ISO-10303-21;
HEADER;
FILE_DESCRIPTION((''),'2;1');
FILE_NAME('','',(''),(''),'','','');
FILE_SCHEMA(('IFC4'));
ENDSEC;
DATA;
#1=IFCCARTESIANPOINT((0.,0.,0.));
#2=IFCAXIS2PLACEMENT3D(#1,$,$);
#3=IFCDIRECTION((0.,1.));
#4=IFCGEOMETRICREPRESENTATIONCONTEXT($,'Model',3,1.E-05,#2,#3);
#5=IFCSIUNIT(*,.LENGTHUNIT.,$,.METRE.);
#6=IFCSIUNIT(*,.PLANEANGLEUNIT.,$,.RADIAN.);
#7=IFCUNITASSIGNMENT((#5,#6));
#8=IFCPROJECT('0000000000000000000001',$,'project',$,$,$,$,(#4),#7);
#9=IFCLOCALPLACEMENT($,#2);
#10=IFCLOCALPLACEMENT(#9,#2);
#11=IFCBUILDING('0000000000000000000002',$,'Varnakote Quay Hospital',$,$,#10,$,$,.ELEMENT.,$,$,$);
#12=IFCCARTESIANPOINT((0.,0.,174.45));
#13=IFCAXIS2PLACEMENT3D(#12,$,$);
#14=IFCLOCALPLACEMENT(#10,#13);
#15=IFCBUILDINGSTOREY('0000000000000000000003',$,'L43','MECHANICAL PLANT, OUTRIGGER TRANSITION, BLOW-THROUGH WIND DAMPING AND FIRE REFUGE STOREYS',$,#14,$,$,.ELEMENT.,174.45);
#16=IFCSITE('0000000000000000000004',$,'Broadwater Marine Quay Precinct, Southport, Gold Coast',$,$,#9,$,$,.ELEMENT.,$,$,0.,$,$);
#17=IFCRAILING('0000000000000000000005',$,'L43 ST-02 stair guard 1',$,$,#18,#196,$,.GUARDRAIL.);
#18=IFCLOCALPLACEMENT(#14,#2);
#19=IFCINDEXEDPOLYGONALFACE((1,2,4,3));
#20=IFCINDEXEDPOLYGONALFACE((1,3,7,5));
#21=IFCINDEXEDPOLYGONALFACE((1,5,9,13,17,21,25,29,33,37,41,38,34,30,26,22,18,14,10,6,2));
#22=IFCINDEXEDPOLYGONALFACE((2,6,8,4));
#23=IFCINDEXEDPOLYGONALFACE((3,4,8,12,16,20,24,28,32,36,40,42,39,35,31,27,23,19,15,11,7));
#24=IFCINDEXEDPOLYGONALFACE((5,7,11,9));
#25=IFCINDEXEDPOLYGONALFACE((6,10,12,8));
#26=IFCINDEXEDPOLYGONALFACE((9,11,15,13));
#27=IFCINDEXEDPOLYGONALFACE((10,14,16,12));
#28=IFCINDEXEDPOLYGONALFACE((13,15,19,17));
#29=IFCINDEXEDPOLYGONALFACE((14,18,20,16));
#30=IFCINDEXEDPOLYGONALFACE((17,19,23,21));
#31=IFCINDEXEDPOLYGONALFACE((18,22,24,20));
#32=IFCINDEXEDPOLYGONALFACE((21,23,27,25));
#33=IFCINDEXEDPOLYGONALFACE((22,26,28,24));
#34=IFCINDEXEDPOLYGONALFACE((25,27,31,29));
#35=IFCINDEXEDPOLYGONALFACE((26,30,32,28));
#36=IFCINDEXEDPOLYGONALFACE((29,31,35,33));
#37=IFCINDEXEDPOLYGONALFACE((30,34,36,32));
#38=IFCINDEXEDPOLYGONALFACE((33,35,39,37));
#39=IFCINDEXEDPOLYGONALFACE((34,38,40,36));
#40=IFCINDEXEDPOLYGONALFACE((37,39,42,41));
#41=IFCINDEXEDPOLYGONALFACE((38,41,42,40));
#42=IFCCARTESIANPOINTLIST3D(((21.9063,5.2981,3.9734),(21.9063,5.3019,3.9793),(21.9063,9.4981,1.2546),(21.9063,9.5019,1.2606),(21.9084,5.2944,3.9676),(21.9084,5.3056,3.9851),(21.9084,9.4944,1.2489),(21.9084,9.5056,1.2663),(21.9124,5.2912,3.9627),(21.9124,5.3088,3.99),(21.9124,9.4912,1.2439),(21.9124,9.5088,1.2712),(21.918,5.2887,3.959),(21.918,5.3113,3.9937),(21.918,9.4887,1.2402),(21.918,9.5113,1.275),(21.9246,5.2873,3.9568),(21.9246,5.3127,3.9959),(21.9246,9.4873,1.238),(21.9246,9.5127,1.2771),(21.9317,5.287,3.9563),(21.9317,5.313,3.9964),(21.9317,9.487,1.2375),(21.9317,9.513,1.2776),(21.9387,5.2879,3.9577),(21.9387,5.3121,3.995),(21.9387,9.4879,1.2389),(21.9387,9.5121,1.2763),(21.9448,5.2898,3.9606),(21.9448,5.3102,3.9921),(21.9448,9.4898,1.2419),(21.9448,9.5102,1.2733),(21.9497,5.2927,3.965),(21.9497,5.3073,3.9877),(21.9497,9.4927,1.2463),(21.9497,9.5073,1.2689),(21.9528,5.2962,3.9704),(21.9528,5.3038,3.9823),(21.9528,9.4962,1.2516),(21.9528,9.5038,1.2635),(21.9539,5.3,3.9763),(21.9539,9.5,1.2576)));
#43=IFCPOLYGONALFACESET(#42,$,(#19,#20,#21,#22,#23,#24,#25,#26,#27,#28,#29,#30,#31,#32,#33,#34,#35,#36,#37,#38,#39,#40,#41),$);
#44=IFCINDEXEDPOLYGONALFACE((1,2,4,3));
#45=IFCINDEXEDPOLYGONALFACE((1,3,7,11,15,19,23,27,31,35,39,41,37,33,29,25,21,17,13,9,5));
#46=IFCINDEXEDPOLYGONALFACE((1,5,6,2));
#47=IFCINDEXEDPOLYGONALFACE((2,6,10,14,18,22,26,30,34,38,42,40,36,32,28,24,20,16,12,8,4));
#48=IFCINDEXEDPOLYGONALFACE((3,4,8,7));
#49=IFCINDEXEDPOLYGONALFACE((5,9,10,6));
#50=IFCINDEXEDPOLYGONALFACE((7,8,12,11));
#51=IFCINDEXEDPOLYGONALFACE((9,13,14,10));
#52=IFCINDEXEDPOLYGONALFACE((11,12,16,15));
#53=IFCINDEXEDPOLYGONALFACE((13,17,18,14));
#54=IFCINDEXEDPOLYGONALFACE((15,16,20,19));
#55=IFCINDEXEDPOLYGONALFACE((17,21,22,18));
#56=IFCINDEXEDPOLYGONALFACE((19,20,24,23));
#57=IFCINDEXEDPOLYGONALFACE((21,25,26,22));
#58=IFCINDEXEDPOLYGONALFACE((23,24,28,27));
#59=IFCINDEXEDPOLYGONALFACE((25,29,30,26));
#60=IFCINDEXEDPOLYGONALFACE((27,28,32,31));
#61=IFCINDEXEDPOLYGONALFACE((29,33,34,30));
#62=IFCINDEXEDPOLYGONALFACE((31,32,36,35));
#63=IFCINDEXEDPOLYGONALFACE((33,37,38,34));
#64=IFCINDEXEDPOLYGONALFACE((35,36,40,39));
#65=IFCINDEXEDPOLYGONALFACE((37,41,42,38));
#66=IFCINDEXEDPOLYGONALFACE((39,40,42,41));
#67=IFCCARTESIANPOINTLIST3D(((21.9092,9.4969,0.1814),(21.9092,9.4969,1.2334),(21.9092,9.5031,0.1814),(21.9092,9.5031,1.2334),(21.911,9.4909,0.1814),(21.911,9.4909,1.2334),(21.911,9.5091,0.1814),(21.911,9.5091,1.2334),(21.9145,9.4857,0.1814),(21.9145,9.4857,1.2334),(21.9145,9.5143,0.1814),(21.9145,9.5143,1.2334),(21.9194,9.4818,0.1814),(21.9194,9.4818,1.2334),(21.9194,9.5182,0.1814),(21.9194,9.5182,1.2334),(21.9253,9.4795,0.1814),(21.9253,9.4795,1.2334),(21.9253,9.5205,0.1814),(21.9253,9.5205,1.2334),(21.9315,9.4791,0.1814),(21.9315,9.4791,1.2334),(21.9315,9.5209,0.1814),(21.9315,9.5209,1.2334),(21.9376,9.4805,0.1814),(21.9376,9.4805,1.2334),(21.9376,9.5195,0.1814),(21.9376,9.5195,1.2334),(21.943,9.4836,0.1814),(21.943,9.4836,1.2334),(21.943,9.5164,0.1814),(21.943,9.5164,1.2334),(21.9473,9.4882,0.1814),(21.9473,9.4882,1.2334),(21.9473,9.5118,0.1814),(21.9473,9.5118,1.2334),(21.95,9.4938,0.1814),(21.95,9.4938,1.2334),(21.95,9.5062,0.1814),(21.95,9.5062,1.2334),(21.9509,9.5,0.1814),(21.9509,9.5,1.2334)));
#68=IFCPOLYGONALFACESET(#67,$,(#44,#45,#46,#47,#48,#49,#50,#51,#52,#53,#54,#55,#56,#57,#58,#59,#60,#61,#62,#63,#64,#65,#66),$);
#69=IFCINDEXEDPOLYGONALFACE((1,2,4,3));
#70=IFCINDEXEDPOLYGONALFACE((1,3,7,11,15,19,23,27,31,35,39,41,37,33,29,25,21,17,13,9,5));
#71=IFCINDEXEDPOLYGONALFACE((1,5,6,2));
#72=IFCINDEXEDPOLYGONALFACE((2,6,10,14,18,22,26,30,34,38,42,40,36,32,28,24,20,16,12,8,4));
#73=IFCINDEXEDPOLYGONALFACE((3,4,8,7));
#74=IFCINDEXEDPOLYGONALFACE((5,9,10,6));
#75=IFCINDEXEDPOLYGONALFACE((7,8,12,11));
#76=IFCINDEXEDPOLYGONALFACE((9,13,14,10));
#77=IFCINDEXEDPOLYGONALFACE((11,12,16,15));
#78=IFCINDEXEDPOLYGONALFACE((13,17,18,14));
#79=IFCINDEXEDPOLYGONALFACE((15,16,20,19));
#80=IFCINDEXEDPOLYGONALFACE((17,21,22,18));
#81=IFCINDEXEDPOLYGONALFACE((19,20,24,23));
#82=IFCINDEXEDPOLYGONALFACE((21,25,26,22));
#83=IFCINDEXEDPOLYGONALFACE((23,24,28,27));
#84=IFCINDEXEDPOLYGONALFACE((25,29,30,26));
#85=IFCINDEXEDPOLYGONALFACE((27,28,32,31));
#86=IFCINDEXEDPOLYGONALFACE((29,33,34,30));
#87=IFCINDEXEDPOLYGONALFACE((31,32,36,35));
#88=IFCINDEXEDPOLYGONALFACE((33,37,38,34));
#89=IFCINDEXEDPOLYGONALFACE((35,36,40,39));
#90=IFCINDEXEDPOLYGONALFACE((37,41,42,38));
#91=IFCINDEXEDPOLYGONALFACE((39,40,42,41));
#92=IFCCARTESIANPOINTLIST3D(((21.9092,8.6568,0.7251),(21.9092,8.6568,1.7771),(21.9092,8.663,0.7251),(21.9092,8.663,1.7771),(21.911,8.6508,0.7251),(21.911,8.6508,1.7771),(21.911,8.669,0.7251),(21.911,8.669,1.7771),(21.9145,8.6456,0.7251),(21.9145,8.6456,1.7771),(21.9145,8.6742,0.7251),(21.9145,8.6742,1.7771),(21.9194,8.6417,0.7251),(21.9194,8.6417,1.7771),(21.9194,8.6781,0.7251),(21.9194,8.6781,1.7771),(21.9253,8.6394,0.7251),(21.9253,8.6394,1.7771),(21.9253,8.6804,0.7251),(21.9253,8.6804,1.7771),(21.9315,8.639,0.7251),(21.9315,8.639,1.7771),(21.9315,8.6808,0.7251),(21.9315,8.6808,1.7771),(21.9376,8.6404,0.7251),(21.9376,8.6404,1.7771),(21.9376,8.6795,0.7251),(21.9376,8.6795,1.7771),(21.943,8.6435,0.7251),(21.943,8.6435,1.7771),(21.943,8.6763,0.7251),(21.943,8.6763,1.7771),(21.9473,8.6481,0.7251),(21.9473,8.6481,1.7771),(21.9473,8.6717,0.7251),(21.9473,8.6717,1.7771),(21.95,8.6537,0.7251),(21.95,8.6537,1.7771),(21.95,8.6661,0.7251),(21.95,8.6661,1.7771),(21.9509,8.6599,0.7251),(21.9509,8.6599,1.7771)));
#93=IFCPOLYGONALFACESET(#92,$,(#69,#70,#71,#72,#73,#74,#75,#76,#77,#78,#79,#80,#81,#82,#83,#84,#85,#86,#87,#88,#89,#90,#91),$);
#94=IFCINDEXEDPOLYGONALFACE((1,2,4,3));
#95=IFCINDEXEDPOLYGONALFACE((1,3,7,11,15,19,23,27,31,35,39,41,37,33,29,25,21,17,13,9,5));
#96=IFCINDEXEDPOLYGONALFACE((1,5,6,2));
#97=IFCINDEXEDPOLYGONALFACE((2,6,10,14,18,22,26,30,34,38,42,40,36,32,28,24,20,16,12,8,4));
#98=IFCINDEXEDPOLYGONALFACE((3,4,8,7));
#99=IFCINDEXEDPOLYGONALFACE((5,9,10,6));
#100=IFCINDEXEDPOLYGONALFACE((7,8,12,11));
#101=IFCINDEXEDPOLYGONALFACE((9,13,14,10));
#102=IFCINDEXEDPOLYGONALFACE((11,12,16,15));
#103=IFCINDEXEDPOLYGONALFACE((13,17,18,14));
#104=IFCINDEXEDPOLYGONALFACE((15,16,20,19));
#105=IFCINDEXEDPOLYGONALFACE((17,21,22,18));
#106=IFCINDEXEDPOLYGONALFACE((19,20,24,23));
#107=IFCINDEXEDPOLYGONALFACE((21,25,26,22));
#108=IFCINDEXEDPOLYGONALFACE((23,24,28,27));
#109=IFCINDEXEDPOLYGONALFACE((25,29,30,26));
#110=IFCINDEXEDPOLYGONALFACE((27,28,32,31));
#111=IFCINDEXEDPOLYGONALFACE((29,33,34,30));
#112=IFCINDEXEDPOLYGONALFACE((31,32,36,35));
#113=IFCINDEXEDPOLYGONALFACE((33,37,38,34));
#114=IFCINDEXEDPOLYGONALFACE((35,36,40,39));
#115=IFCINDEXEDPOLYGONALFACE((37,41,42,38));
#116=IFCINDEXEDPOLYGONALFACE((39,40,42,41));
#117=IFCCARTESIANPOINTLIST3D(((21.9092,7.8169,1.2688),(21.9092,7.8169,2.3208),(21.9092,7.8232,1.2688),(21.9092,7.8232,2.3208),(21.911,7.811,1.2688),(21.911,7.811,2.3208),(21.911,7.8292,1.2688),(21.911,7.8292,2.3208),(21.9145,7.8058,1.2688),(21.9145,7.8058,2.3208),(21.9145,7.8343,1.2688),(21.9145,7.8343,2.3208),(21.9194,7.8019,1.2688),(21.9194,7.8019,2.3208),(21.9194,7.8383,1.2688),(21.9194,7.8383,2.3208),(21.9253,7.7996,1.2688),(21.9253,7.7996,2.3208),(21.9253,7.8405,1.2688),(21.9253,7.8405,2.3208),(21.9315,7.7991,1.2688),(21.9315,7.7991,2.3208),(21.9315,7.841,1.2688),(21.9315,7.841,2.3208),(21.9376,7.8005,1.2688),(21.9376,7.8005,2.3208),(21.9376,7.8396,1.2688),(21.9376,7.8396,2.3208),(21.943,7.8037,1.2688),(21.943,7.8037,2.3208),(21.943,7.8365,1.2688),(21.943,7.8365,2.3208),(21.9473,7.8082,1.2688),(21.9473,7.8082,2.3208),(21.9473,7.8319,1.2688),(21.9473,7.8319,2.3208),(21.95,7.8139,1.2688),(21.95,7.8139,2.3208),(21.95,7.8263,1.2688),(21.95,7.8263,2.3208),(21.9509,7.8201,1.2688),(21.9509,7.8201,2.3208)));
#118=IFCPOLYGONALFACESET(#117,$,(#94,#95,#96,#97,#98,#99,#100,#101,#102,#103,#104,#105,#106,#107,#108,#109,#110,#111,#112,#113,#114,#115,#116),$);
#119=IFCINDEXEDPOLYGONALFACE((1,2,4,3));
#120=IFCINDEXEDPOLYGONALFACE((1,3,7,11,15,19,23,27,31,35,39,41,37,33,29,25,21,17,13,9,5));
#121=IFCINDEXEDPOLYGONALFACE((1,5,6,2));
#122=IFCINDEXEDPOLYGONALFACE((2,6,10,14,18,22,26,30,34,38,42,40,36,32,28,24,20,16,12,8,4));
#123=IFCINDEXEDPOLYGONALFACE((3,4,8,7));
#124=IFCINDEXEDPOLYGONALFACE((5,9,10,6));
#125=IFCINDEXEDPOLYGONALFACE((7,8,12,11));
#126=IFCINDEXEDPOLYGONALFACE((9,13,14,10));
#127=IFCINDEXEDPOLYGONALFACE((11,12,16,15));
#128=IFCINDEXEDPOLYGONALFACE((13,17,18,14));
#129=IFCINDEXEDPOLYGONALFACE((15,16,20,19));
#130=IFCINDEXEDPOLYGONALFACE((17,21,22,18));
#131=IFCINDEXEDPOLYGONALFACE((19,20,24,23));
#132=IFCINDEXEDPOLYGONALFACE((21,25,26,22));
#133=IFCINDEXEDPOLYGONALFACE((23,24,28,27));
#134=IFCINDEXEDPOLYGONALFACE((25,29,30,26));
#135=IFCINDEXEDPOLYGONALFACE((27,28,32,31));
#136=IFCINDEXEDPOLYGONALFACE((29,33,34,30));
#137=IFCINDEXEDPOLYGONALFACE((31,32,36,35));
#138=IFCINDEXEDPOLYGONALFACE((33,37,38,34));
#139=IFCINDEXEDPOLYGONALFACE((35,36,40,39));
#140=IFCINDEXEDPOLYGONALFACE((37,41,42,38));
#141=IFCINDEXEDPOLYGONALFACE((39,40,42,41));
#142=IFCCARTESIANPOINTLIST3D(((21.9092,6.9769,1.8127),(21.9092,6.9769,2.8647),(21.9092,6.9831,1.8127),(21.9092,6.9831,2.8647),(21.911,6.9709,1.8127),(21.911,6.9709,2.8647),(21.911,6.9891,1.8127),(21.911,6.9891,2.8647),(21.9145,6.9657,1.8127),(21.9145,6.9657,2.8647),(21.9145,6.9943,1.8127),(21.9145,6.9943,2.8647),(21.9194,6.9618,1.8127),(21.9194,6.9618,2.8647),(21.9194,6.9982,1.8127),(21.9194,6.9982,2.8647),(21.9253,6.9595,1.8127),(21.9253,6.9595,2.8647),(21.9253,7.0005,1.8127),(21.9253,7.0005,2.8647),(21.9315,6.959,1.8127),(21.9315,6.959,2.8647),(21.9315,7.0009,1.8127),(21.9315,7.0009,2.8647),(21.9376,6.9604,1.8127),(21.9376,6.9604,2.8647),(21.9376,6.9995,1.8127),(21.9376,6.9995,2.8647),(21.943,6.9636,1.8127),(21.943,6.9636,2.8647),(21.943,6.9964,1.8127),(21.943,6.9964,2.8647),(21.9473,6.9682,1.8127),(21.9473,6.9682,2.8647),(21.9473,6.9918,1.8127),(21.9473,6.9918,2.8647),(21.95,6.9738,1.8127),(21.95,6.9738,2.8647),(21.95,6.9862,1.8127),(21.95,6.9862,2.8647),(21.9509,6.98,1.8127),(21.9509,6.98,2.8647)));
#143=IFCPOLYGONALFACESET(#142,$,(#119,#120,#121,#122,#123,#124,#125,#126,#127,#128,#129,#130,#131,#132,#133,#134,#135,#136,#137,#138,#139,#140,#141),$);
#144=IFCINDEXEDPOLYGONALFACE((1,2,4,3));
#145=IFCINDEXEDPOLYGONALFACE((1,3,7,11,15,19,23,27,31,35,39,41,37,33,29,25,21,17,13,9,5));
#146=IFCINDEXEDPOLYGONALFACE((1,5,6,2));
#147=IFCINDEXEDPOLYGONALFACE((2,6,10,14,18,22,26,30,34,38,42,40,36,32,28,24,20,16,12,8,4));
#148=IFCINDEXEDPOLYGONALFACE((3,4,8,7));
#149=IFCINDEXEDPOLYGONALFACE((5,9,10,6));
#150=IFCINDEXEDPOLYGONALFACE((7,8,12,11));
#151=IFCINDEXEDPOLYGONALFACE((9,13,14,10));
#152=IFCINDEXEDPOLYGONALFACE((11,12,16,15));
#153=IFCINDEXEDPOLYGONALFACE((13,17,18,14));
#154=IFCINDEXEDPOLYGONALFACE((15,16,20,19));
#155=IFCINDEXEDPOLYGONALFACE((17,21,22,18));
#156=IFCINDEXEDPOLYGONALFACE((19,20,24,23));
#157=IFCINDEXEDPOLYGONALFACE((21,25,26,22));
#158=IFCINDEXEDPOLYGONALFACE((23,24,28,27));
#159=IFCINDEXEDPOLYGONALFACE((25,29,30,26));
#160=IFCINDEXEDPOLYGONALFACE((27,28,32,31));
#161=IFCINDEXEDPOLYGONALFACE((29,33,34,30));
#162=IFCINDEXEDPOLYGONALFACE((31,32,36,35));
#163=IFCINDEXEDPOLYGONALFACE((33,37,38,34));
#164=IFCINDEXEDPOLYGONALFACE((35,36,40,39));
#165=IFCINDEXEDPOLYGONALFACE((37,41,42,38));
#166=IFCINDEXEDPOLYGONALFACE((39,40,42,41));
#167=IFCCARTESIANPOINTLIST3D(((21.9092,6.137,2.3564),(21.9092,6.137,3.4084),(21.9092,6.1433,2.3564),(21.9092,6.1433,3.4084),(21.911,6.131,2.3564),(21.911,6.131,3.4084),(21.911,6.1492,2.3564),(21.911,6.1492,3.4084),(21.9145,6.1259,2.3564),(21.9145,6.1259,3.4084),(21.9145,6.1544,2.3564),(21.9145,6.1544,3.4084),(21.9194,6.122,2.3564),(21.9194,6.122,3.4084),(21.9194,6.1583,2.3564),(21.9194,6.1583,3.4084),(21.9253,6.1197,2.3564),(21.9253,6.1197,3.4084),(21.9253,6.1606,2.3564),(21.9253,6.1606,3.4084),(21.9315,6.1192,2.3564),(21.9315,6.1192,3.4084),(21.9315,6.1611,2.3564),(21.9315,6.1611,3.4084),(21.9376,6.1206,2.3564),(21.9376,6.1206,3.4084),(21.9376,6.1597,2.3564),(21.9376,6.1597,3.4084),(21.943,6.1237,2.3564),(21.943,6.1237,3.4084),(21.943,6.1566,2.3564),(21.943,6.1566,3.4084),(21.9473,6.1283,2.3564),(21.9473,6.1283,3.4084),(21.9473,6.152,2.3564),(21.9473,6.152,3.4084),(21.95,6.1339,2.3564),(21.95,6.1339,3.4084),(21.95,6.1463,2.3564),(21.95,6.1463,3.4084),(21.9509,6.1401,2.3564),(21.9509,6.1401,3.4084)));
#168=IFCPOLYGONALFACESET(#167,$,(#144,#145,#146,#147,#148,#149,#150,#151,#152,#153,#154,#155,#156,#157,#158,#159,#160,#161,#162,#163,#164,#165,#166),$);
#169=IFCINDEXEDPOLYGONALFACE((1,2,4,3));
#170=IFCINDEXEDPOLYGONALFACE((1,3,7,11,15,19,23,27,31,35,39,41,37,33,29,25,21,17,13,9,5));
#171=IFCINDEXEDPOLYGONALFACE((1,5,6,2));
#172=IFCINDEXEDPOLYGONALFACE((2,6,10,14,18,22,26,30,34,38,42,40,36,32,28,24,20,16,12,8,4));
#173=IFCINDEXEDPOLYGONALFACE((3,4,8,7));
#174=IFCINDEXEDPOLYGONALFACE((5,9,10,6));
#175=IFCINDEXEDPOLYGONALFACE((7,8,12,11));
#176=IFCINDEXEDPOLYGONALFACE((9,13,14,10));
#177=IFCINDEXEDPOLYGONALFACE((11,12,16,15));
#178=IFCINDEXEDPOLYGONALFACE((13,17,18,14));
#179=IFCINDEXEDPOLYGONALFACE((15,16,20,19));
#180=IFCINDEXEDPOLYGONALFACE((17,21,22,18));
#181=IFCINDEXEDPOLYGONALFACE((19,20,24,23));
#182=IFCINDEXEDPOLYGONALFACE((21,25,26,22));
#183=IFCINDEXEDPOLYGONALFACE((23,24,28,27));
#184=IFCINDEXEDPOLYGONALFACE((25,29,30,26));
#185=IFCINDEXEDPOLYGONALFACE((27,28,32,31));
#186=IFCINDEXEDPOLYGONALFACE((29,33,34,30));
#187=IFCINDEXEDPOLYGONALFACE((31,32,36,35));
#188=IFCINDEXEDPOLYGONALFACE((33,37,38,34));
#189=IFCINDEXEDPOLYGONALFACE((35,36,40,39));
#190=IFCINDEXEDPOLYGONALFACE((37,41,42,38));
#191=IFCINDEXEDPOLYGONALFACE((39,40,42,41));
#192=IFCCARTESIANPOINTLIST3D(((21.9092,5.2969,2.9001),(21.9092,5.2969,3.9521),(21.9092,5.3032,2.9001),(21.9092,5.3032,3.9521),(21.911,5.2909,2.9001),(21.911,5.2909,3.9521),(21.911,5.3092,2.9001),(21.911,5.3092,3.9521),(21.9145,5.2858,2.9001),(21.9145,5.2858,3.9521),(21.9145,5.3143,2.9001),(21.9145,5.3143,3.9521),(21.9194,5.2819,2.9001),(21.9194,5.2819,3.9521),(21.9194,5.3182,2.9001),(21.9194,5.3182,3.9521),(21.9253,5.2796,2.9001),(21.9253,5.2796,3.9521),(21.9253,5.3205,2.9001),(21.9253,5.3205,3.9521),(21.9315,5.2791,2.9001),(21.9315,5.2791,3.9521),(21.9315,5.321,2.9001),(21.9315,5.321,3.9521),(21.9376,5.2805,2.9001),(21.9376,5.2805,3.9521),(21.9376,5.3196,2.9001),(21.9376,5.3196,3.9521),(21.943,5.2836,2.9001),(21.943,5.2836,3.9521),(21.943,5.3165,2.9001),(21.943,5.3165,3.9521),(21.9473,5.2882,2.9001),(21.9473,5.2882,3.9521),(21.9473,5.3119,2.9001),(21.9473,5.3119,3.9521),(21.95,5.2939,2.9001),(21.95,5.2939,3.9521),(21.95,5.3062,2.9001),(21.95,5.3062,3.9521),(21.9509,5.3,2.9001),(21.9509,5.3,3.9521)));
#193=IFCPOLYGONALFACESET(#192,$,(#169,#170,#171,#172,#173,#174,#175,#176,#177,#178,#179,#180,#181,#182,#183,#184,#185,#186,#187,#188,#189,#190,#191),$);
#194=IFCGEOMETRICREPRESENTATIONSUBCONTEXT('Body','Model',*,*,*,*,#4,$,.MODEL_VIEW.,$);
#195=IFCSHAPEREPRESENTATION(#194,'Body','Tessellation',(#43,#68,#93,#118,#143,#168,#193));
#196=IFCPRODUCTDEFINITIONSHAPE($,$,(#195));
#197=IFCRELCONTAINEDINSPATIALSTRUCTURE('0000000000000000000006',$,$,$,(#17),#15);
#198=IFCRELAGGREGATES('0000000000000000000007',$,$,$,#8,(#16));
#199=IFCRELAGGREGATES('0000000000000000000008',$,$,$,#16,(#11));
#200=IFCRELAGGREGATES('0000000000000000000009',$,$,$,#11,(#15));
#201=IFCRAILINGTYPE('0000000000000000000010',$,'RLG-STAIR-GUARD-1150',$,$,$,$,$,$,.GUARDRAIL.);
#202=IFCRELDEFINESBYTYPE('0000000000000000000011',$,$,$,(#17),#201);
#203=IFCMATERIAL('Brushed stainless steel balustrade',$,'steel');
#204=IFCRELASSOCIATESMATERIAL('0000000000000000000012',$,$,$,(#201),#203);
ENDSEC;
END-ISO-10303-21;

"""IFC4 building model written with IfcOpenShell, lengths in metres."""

from ifc_helpers import new_model, si_unit, direction, frame, origin, origin_2d, place, context, subcontext, project, spatial, circle, extrude, material, type_object, element, save


model = new_model("IFC4")

# Units and contexts
model_context = context("Model", 3, precision=1e-05, world=origin(), true_north=direction((0.0, 1.0)))
body_context = subcontext(model_context, "Body", "Model", "MODEL_VIEW")
ifc_project = project(units=[si_unit("LENGTHUNIT", "METRE"), si_unit("PLANEANGLEUNIT", "RADIAN")], contexts=[model_context])

# Site, building, storey
site_placement = place(None, origin())
site = spatial("IfcSite", under=ifc_project, at=site_placement, Name="Broadwater Marine Quay Precinct, Southport, Gold Coast", CompositionType="ELEMENT", RefElevation=0.0)
building_placement = place(site_placement, origin())
building = spatial("IfcBuilding", under=site, at=building_placement, Name="Varnakote Quay Hospital", CompositionType="ELEMENT")
storey_placement = place(building_placement, frame((0.0, 0.0, 174.45)))
storey = spatial("IfcBuildingStorey", under=building, at=storey_placement, Name="L43", Description="MECHANICAL PLANT, OUTRIGGER TRANSITION, BLOW-THROUGH WIND DAMPING AND FIRE REFUGE STOREYS", CompositionType="ELEMENT", Elevation=174.45)

# Railing
ifc_material_1 = material(Name="Brushed stainless steel balustrade", Category="steel")
railing_type = type_object("IfcRailingType", Name="RLG-STAIR-GUARD-1150", PredefinedType="GUARDRAIL", material=ifc_material_1)
railing_1_placement = place(storey_placement, frame((21.9299, 9.5, 0.1814)))
element("IfcRailing", 1, at=railing_1_placement, inside=storey, type_object=railing_type, Name="L43 ST-02 stair guard 1", PredefinedType="GUARDRAIL", context=body_context, shape_type="SweptSolid", body=[
    extrude(circle(Radius=0.0239, at=origin_2d()), frame((0.0, 0.0, 1.0762), z_axis=(0.0, -0.839467, 0.543411), x_axis=(1.0, 0.0, 0.0)), (0.0, 0.0, 1.0), 5.0032),
    extrude(circle(Radius=0.021, at=origin_2d()), origin(), (0.0, 0.0, 1.0), 1.052),
    extrude(circle(Radius=0.021, at=origin_2d()), frame((0.0, -0.8401, 0.5437)), (0.0, 0.0, 1.0), 1.052),
    extrude(circle(Radius=0.021, at=origin_2d()), frame((0.0, -1.6799, 1.0874)), (0.0, 0.0, 1.0), 1.052),
    extrude(circle(Radius=0.021, at=origin_2d()), frame((0.0, -2.52, 1.6313)), (0.0, 0.0, 1.0), 1.052),
    extrude(circle(Radius=0.021, at=origin_2d()), frame((0.0, -3.3599, 2.175)), (0.0, 0.0, 1.0), 1.052),
    extrude(circle(Radius=0.021, at=origin_2d()), frame((0.0, -4.2, 2.7188)), (0.0, 0.0, 1.0), 1.052),
])

save(model, "model.ifc")
